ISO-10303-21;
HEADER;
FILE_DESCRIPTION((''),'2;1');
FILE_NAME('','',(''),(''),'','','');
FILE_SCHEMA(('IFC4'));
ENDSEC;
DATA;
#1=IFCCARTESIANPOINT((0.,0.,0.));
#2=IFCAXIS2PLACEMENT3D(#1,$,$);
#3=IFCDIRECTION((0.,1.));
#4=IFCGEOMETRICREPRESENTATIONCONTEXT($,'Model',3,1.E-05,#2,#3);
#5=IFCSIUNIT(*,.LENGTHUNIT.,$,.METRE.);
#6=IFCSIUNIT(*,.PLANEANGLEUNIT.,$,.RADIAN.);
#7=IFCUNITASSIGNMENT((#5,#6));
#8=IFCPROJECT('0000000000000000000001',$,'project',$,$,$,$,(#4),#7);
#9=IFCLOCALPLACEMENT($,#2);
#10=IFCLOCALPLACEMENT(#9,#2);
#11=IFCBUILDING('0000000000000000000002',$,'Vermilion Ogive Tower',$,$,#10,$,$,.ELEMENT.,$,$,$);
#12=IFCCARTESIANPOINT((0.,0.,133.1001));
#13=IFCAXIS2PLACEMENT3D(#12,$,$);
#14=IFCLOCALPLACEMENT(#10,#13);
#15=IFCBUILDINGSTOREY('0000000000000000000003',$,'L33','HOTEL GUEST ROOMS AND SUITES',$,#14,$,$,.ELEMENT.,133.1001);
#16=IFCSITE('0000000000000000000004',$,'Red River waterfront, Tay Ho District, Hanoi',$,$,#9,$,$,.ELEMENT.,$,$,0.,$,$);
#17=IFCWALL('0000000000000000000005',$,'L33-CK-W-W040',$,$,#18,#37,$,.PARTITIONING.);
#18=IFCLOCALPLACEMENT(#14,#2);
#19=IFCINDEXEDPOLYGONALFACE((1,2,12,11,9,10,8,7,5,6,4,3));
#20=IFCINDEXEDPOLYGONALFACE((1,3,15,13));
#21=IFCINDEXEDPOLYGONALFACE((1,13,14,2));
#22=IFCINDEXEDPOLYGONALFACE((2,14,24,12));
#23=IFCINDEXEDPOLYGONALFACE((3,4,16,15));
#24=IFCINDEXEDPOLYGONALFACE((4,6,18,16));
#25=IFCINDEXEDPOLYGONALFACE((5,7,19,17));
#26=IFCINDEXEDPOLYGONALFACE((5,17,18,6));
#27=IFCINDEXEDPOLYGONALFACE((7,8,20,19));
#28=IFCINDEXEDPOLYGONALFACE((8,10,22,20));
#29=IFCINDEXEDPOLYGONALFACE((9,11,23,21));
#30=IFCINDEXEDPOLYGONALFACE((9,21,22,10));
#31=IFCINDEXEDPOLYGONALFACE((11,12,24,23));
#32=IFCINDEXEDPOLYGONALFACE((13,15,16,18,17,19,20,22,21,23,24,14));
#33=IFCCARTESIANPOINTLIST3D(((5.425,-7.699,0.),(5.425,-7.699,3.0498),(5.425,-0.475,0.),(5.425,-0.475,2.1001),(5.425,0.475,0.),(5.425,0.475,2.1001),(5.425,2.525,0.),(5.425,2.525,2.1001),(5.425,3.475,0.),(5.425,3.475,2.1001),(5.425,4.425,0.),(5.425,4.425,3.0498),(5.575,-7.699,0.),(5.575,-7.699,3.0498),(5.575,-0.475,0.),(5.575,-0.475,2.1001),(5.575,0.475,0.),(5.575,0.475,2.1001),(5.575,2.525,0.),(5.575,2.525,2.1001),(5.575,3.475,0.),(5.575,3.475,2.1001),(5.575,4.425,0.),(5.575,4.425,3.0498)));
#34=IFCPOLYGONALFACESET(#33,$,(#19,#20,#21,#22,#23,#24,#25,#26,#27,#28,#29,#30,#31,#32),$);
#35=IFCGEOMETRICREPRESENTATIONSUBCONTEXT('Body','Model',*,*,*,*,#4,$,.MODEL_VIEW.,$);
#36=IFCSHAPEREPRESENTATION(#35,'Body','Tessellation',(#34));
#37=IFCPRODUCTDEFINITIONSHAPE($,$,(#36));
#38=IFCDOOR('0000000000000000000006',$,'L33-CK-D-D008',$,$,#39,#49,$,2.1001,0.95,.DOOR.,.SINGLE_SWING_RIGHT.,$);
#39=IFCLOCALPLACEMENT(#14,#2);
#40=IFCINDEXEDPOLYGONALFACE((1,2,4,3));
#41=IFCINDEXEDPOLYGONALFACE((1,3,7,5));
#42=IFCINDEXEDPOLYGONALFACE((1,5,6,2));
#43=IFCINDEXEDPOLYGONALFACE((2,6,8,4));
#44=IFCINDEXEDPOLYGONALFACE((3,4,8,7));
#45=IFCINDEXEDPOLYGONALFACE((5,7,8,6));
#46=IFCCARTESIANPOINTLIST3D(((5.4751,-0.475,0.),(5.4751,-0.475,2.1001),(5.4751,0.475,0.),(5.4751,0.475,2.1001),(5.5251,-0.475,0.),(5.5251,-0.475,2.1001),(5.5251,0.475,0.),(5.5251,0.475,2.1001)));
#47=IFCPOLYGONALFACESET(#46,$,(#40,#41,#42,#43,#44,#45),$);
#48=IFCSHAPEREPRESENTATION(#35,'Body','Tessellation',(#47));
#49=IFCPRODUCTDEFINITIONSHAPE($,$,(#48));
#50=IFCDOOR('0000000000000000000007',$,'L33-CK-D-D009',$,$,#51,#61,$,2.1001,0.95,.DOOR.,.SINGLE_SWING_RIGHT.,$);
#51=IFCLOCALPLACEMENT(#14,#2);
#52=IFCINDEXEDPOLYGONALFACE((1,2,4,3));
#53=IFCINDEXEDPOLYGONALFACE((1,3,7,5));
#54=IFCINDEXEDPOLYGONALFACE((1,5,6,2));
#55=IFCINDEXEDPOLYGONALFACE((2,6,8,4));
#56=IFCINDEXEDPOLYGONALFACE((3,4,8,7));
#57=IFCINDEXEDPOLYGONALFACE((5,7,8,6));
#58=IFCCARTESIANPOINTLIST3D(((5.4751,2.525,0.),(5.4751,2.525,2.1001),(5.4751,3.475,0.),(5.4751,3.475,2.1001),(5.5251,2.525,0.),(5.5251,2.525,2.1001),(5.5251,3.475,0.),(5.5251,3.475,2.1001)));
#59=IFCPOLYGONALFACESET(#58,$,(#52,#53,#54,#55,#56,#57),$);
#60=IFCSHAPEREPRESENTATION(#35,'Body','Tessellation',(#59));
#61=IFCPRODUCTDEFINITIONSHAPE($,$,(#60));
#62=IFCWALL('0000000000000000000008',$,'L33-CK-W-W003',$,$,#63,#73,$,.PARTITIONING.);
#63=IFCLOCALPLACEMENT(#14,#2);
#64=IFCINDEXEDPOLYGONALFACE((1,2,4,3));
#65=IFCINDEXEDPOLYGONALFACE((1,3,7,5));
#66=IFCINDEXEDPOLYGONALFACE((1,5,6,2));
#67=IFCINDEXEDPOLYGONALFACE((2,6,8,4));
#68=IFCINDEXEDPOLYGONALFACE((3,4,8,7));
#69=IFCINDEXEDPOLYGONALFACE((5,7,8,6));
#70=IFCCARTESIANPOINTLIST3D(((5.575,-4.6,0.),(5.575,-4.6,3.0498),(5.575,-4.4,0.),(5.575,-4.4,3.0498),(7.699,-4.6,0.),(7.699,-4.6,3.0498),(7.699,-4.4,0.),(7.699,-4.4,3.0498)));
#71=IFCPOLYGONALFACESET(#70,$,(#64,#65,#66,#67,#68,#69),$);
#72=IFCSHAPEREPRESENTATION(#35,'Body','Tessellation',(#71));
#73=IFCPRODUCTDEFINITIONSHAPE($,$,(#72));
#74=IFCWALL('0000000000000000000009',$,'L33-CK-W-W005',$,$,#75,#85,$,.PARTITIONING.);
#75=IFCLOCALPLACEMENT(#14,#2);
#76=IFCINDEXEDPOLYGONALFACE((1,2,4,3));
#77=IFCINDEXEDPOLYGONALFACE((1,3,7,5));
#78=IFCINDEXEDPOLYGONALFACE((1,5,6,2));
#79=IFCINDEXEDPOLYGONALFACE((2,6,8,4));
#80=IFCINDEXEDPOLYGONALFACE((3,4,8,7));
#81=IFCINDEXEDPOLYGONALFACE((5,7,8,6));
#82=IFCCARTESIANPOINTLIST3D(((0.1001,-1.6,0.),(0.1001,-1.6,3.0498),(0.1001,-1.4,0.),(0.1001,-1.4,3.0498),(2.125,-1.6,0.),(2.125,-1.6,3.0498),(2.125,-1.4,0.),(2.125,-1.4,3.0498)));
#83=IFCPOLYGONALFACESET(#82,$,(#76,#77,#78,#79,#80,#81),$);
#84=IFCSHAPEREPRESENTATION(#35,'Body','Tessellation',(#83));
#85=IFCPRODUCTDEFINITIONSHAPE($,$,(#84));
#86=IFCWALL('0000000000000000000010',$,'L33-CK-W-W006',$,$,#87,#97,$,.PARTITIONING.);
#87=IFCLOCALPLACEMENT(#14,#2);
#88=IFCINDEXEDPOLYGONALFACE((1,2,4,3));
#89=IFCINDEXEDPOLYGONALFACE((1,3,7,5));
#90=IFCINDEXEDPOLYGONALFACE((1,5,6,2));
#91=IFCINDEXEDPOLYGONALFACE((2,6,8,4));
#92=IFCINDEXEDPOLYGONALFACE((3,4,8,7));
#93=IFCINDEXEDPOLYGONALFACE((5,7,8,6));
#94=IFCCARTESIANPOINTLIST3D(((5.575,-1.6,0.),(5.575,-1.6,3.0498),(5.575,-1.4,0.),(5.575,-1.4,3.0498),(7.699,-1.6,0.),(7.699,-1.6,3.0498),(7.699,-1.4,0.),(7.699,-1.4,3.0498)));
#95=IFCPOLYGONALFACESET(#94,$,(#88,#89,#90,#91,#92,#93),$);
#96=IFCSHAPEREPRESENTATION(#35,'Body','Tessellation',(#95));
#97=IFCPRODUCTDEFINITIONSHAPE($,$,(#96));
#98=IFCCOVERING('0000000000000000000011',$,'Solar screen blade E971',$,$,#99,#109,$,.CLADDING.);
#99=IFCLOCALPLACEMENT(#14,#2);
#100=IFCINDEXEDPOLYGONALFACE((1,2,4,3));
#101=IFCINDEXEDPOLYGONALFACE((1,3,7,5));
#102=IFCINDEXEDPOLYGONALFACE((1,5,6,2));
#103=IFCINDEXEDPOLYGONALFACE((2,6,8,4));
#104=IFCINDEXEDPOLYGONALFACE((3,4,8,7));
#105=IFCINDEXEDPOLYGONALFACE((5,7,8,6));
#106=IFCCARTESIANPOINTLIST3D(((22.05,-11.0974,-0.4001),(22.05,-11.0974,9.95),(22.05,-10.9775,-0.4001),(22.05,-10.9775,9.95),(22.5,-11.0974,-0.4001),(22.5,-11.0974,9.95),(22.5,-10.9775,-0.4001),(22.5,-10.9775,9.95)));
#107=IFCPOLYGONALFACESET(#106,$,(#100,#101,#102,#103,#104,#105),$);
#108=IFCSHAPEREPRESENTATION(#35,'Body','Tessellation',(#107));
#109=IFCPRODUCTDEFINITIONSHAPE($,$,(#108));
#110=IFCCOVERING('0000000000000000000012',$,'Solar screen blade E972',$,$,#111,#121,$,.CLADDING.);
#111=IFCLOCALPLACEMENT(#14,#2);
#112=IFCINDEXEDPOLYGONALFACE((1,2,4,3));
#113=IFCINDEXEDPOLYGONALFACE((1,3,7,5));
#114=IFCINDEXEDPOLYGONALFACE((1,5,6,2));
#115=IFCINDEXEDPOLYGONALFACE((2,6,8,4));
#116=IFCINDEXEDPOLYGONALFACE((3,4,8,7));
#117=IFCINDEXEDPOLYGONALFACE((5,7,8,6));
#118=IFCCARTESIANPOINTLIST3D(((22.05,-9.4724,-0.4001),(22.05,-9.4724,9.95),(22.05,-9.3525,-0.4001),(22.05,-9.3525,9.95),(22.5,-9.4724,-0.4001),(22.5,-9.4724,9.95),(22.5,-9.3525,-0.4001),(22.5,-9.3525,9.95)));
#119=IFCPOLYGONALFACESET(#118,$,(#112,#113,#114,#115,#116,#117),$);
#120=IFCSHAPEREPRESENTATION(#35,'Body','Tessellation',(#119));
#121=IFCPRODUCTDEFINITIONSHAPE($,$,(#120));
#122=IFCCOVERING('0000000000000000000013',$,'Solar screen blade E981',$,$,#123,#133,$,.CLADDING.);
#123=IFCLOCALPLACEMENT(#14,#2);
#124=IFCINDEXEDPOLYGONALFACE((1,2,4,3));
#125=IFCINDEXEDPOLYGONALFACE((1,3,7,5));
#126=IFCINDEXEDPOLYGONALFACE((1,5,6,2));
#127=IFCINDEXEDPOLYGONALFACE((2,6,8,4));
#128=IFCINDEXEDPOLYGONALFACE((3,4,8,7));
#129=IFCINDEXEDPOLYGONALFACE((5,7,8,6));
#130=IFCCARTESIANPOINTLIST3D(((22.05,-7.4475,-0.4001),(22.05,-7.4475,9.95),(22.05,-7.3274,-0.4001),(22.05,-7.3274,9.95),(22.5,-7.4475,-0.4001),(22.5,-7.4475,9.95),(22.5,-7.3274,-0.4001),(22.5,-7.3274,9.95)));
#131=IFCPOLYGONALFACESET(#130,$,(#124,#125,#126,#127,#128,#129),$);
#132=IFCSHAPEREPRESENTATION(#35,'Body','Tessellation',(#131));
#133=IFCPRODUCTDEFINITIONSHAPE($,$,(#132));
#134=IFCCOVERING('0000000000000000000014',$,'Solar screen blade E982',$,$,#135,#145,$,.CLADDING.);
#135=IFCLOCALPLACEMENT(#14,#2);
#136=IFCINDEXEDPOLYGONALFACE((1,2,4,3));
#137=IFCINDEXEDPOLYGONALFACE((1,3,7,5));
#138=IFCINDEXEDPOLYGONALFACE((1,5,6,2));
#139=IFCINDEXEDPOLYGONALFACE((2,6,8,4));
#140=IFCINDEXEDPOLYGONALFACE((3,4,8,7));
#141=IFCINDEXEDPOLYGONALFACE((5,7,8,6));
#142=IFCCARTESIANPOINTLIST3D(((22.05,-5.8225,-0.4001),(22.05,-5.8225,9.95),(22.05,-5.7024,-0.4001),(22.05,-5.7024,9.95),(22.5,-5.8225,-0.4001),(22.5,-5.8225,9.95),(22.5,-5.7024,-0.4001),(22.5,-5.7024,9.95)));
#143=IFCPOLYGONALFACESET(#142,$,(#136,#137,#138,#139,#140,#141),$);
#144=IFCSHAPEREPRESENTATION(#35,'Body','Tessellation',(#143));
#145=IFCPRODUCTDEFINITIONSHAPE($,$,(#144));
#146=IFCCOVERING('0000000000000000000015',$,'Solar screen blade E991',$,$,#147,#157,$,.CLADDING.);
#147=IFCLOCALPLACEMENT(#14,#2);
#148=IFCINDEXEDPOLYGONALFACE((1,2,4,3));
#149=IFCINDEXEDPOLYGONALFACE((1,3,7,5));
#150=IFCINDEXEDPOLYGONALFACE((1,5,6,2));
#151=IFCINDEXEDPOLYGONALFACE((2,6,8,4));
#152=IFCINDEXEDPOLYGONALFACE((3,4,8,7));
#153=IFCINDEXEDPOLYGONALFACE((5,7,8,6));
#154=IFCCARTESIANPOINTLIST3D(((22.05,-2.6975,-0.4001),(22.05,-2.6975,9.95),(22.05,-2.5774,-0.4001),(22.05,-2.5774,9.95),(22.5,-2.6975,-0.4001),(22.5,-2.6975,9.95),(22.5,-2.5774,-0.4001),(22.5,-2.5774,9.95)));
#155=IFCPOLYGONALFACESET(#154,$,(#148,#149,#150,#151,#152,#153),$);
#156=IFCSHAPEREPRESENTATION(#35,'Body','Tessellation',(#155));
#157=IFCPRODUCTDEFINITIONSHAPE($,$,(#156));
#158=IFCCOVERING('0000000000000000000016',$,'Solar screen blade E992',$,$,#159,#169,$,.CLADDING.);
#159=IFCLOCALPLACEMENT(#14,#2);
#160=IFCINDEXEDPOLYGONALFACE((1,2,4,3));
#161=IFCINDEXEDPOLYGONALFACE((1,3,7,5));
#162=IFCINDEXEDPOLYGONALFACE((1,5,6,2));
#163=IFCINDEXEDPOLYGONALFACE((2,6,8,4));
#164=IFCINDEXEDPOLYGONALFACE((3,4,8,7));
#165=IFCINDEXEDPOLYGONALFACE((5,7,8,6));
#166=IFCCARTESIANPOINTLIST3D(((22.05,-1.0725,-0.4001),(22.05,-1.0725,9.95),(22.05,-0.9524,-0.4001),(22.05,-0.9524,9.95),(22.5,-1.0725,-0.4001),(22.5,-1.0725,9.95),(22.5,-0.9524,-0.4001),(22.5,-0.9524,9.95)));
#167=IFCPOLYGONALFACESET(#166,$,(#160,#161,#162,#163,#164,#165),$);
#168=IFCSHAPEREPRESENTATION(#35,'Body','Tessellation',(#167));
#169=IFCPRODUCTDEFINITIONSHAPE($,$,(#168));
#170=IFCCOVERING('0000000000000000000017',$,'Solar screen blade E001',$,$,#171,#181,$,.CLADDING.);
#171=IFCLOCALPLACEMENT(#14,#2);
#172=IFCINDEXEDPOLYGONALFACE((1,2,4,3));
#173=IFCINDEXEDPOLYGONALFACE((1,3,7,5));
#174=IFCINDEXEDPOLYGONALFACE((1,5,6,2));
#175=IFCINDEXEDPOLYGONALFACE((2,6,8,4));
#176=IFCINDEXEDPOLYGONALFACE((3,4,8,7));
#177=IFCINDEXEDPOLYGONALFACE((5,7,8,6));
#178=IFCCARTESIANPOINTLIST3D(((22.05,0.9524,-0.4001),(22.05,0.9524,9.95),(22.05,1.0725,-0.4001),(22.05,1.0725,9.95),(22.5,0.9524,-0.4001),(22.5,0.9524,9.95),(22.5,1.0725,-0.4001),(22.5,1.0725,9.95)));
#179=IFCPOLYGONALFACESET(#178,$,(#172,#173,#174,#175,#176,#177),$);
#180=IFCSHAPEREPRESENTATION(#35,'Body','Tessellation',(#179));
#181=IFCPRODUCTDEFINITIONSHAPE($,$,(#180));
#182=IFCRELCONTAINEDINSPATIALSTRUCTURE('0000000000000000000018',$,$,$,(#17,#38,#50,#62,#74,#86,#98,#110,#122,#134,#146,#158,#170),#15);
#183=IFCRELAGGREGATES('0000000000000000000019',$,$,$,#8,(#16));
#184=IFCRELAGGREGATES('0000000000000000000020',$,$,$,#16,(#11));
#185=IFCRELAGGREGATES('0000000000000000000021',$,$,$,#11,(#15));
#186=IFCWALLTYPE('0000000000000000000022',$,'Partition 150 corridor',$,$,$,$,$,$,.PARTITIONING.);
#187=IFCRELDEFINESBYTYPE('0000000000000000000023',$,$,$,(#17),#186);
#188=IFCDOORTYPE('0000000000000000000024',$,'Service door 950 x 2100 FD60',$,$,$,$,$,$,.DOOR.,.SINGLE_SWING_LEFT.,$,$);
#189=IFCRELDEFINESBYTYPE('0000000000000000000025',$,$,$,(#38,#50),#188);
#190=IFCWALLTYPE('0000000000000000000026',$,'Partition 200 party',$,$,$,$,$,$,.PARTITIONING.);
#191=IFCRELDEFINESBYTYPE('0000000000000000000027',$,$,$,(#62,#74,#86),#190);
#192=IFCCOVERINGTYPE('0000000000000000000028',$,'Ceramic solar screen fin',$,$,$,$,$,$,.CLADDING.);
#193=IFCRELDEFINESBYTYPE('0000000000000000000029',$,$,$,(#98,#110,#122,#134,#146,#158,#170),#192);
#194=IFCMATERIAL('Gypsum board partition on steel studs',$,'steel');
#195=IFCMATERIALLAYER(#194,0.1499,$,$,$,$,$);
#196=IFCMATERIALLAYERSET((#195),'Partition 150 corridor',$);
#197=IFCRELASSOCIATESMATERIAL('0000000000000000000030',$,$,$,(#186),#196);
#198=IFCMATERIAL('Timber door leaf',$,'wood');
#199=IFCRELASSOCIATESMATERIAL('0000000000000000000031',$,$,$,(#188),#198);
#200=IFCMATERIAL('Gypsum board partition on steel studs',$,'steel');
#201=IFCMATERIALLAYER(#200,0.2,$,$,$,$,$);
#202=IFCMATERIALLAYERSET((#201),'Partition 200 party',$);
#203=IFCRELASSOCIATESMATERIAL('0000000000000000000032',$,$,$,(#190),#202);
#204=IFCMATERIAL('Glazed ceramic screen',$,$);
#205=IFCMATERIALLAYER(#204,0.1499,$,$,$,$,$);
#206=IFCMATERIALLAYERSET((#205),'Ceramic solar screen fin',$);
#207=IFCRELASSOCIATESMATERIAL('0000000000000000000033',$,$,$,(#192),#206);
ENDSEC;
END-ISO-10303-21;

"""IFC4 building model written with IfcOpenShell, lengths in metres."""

from ifc_helpers import new_model, si_unit, direction, frame, frame_2d, origin, place, context, subcontext, project, spatial, polyline, rectangle, outline, extrude, material, layer, layer_set, type_object, element, fill, save


model = new_model("IFC4")

# Units and contexts
model_context = context("Model", 3, precision=1e-05, world=origin(), true_north=direction((0.0, 1.0)))
body_context = subcontext(model_context, "Body", "Model", "MODEL_VIEW")
ifc_project = project(units=[si_unit("LENGTHUNIT", "METRE"), si_unit("PLANEANGLEUNIT", "RADIAN")], contexts=[model_context])

# Site, building, storey
site_placement = place(None, origin())
site = spatial("IfcSite", under=ifc_project, at=site_placement, Name="Red River waterfront, Tay Ho District, Hanoi", CompositionType="ELEMENT", RefElevation=0.0)
building_placement = place(site_placement, origin())
building = spatial("IfcBuilding", under=site, at=building_placement, Name="Vermilion Ogive Tower", CompositionType="ELEMENT")
storey_placement = place(building_placement, frame((0.0, 0.0, 133.1001)))
storey = spatial("IfcBuildingStorey", under=building, at=storey_placement, Name="L33", Description="HOTEL GUEST ROOMS AND SUITES", CompositionType="ELEMENT", Elevation=133.1001)

# Wall, openings, doors
ifc_material_1 = material(Name="Gypsum board partition on steel studs", Category="steel")
ifc_layer_1 = layer(ifc_material_1, 0.1499)
ifc_layer_set_1 = layer_set([ifc_layer_1], Name="Partition 150 corridor")
wall_type_1 = type_object("IfcWallType", Name="Partition 150 corridor", PredefinedType="PARTITIONING", material=ifc_layer_set_1)
wall_1_placement = place(storey_placement, frame((5.5, -7.699, 0.0), z_axis=(0.0, 0.0, 1.0), x_axis=(0.0, 1.0, 0.0)))
wall_1 = element("IfcWall", 1, at=wall_1_placement, inside=storey, type_object=wall_type_1, Name="L33-CK-W-W040", PredefinedType="PARTITIONING", context=body_context, shape_type="SweptSolid", body=[
    extrude(rectangle(XDim=12.124, YDim=0.1499, at=frame_2d((6.062, 0.0))), origin(), (0.0, 0.0, 1.0), 3.0498),
])
opening_1_placement = place(wall_1_placement, frame((7.2239, 0.0, 0.0)))
opening_1 = element("IfcOpeningElement", 2, at=opening_1_placement, cuts=wall_1, PredefinedType="OPENING", context=body_context, shape_type="SweptSolid", body=[
    extrude(rectangle(XDim=0.95, YDim=2.1001, at=frame_2d((0.4751, 1.05))), frame((0.0, 0.085, 0.0), z_axis=(0.0, -1.0, 0.0), x_axis=(1.0, 0.0, 0.0)), (0.0, 0.0, 1.0), 0.1699),
])
opening_2_placement = place(wall_1_placement, frame((10.2239, 0.0, 0.0)))
opening_2 = element("IfcOpeningElement", 3, at=opening_2_placement, cuts=wall_1, PredefinedType="OPENING", context=body_context, shape_type="SweptSolid", body=[
    extrude(rectangle(XDim=0.95, YDim=2.1001, at=frame_2d((0.4751, 1.05))), frame((0.0, 0.085, 0.0), z_axis=(0.0, -1.0, 0.0), x_axis=(1.0, 0.0, 0.0)), (0.0, 0.0, 1.0), 0.1699),
])
ifc_material_2 = material(Name="Timber door leaf", Category="wood")
door_type = type_object("IfcDoorType", Name="Service door 950 x 2100 FD60", OperationType="SINGLE_SWING_LEFT", PredefinedType="DOOR", material=ifc_material_2)
door_1_placement = place(opening_1_placement, origin())
door_1 = element("IfcDoor", 4, at=door_1_placement, inside=storey, type_object=door_type, Name="L33-CK-D-D008", OperationType="SINGLE_SWING_RIGHT", OverallHeight=2.1001, OverallWidth=0.95, PredefinedType="DOOR", context=body_context, shape_type="SweptSolid", body=[
    extrude(rectangle(XDim=0.95, YDim=2.1001, at=frame_2d((0.4751, 1.05))), frame((0.0, 0.0249, 0.0), z_axis=(0.0, -1.0, 0.0), x_axis=(1.0, 0.0, 0.0)), (0.0, 0.0, 1.0), 0.05),
])
fill(opening_1, door_1)
door_2_placement = place(opening_2_placement, origin())
door_2 = element("IfcDoor", 5, at=door_2_placement, inside=storey, type_object=door_type, Name="L33-CK-D-D009", OperationType="SINGLE_SWING_RIGHT", OverallHeight=2.1001, OverallWidth=0.95, PredefinedType="DOOR", context=body_context, shape_type="SweptSolid", body=[
    extrude(rectangle(XDim=0.95, YDim=2.1001, at=frame_2d((0.4751, 1.05))), frame((0.0, 0.0249, 0.0), z_axis=(0.0, -1.0, 0.0), x_axis=(1.0, 0.0, 0.0)), (0.0, 0.0, 1.0), 0.05),
])
fill(opening_2, door_2)

# Walls
ifc_material_3 = material(Name="Gypsum board partition on steel studs", Category="steel")
ifc_layer_2 = layer(ifc_material_3, 0.2)
ifc_layer_set_2 = layer_set([ifc_layer_2], Name="Partition 200 party")
wall_type_2 = type_object("IfcWallType", Name="Partition 200 party", PredefinedType="PARTITIONING", material=ifc_layer_set_2)
wall_2_placement = place(storey_placement, frame((5.575, -4.5, 0.0), z_axis=(0.0, 0.0, 1.0), x_axis=(1.0, 0.0, 0.0)))
element("IfcWall", 6, at=wall_2_placement, inside=storey, type_object=wall_type_2, Name="L33-CK-W-W003", PredefinedType="PARTITIONING", context=body_context, shape_type="SweptSolid", body=[
    extrude(rectangle(XDim=2.124, YDim=0.2, at=frame_2d((1.062, 0.0))), origin(), (0.0, 0.0, 1.0), 3.0498),
])
wall_3_placement = place(storey_placement, frame((0.1001, -1.5, 0.0), z_axis=(0.0, 0.0, 1.0), x_axis=(1.0, 0.0, 0.0)))
element("IfcWall", 7, at=wall_3_placement, inside=storey, type_object=wall_type_2, Name="L33-CK-W-W005", PredefinedType="PARTITIONING", context=body_context, shape_type="SweptSolid", body=[
    extrude(rectangle(XDim=2.0249, YDim=0.2, at=frame_2d((1.0125, 0.0))), origin(), (0.0, 0.0, 1.0), 3.0498),
])
wall_4_placement = place(storey_placement, frame((5.575, -1.5, 0.0), z_axis=(0.0, 0.0, 1.0), x_axis=(1.0, 0.0, 0.0)))
element("IfcWall", 8, at=wall_4_placement, inside=storey, type_object=wall_type_2, Name="L33-CK-W-W006", PredefinedType="PARTITIONING", context=body_context, shape_type="SweptSolid", body=[
    extrude(rectangle(XDim=2.124, YDim=0.2, at=frame_2d((1.062, 0.0))), origin(), (0.0, 0.0, 1.0), 3.0498),
])

# Coverings
ifc_material_4 = material(Name="Glazed ceramic screen")
ifc_layer_3 = layer(ifc_material_4, 0.1499)
ifc_layer_set_3 = layer_set([ifc_layer_3], Name="Ceramic solar screen fin")
covering_type_1 = type_object("IfcCoveringType", Name="Ceramic solar screen fin", PredefinedType="CLADDING", material=ifc_layer_set_3)
covering_1_placement = place(storey_placement, frame((0.0, 0.0, -0.4001)))
element("IfcCovering", 9, at=covering_1_placement, inside=storey, type_object=covering_type_1, Name="Solar screen blade E971", PredefinedType="CLADDING", context=body_context, shape_type="SweptSolid", body=[
    extrude(outline(polyline([(22.5, -11.0974), (22.5, -10.9775), (22.05, -10.9775), (22.05, -11.0974), (22.5, -11.0974)])), origin(), (0.0, 0.0, 1.0), 10.3501),
])
covering_2_placement = place(storey_placement, frame((0.0, 0.0, -0.4001)))
element("IfcCovering", 10, at=covering_2_placement, inside=storey, type_object=covering_type_1, Name="Solar screen blade E972", PredefinedType="CLADDING", context=body_context, shape_type="SweptSolid", body=[
    extrude(outline(polyline([(22.5, -9.4724), (22.5, -9.3525), (22.05, -9.3525), (22.05, -9.4724), (22.5, -9.4724)])), origin(), (0.0, 0.0, 1.0), 10.3501),
])
covering_3_placement = place(storey_placement, frame((0.0, 0.0, -0.4001)))
element("IfcCovering", 11, at=covering_3_placement, inside=storey, type_object=covering_type_1, Name="Solar screen blade E981", PredefinedType="CLADDING", context=body_context, shape_type="SweptSolid", body=[
    extrude(outline(polyline([(22.5, -7.4475), (22.5, -7.3274), (22.05, -7.3274), (22.05, -7.4475), (22.5, -7.4475)])), origin(), (0.0, 0.0, 1.0), 10.3501),
])
covering_4_placement = place(storey_placement, frame((0.0, 0.0, -0.4001)))
element("IfcCovering", 12, at=covering_4_placement, inside=storey, type_object=covering_type_1, Name="Solar screen blade E982", PredefinedType="CLADDING", context=body_context, shape_type="SweptSolid", body=[
    extrude(outline(polyline([(22.5, -5.8225), (22.5, -5.7024), (22.05, -5.7024), (22.05, -5.8225), (22.5, -5.8225)])), origin(), (0.0, 0.0, 1.0), 10.3501),
])
covering_5_placement = place(storey_placement, frame((0.0, 0.0, -0.4001)))
element("IfcCovering", 13, at=covering_5_placement, inside=storey, type_object=covering_type_1, Name="Solar screen blade E991", PredefinedType="CLADDING", context=body_context, shape_type="SweptSolid", body=[
    extrude(outline(polyline([(22.5, -2.6975), (22.5, -2.5774), (22.05, -2.5774), (22.05, -2.6975), (22.5, -2.6975)])), origin(), (0.0, 0.0, 1.0), 10.3501),
])
covering_6_placement = place(storey_placement, frame((0.0, 0.0, -0.4001)))
element("IfcCovering", 14, at=covering_6_placement, inside=storey, type_object=covering_type_1, Name="Solar screen blade E992", PredefinedType="CLADDING", context=body_context, shape_type="SweptSolid", body=[
    extrude(outline(polyline([(22.5, -1.0725), (22.5, -0.9524), (22.05, -0.9524), (22.05, -1.0725), (22.5, -1.0725)])), origin(), (0.0, 0.0, 1.0), 10.3501),
])
covering_7_placement = place(storey_placement, frame((0.0, 0.0, -0.4001)))
element("IfcCovering", 15, at=covering_7_placement, inside=storey, type_object=covering_type_1, Name="Solar screen blade E001", PredefinedType="CLADDING", context=body_context, shape_type="SweptSolid", body=[
    extrude(outline(polyline([(22.5, 0.9524), (22.5, 1.0725), (22.05, 1.0725), (22.05, 0.9524), (22.5, 0.9524)])), origin(), (0.0, 0.0, 1.0), 10.3501),
])

save(model, "model.ifc")
